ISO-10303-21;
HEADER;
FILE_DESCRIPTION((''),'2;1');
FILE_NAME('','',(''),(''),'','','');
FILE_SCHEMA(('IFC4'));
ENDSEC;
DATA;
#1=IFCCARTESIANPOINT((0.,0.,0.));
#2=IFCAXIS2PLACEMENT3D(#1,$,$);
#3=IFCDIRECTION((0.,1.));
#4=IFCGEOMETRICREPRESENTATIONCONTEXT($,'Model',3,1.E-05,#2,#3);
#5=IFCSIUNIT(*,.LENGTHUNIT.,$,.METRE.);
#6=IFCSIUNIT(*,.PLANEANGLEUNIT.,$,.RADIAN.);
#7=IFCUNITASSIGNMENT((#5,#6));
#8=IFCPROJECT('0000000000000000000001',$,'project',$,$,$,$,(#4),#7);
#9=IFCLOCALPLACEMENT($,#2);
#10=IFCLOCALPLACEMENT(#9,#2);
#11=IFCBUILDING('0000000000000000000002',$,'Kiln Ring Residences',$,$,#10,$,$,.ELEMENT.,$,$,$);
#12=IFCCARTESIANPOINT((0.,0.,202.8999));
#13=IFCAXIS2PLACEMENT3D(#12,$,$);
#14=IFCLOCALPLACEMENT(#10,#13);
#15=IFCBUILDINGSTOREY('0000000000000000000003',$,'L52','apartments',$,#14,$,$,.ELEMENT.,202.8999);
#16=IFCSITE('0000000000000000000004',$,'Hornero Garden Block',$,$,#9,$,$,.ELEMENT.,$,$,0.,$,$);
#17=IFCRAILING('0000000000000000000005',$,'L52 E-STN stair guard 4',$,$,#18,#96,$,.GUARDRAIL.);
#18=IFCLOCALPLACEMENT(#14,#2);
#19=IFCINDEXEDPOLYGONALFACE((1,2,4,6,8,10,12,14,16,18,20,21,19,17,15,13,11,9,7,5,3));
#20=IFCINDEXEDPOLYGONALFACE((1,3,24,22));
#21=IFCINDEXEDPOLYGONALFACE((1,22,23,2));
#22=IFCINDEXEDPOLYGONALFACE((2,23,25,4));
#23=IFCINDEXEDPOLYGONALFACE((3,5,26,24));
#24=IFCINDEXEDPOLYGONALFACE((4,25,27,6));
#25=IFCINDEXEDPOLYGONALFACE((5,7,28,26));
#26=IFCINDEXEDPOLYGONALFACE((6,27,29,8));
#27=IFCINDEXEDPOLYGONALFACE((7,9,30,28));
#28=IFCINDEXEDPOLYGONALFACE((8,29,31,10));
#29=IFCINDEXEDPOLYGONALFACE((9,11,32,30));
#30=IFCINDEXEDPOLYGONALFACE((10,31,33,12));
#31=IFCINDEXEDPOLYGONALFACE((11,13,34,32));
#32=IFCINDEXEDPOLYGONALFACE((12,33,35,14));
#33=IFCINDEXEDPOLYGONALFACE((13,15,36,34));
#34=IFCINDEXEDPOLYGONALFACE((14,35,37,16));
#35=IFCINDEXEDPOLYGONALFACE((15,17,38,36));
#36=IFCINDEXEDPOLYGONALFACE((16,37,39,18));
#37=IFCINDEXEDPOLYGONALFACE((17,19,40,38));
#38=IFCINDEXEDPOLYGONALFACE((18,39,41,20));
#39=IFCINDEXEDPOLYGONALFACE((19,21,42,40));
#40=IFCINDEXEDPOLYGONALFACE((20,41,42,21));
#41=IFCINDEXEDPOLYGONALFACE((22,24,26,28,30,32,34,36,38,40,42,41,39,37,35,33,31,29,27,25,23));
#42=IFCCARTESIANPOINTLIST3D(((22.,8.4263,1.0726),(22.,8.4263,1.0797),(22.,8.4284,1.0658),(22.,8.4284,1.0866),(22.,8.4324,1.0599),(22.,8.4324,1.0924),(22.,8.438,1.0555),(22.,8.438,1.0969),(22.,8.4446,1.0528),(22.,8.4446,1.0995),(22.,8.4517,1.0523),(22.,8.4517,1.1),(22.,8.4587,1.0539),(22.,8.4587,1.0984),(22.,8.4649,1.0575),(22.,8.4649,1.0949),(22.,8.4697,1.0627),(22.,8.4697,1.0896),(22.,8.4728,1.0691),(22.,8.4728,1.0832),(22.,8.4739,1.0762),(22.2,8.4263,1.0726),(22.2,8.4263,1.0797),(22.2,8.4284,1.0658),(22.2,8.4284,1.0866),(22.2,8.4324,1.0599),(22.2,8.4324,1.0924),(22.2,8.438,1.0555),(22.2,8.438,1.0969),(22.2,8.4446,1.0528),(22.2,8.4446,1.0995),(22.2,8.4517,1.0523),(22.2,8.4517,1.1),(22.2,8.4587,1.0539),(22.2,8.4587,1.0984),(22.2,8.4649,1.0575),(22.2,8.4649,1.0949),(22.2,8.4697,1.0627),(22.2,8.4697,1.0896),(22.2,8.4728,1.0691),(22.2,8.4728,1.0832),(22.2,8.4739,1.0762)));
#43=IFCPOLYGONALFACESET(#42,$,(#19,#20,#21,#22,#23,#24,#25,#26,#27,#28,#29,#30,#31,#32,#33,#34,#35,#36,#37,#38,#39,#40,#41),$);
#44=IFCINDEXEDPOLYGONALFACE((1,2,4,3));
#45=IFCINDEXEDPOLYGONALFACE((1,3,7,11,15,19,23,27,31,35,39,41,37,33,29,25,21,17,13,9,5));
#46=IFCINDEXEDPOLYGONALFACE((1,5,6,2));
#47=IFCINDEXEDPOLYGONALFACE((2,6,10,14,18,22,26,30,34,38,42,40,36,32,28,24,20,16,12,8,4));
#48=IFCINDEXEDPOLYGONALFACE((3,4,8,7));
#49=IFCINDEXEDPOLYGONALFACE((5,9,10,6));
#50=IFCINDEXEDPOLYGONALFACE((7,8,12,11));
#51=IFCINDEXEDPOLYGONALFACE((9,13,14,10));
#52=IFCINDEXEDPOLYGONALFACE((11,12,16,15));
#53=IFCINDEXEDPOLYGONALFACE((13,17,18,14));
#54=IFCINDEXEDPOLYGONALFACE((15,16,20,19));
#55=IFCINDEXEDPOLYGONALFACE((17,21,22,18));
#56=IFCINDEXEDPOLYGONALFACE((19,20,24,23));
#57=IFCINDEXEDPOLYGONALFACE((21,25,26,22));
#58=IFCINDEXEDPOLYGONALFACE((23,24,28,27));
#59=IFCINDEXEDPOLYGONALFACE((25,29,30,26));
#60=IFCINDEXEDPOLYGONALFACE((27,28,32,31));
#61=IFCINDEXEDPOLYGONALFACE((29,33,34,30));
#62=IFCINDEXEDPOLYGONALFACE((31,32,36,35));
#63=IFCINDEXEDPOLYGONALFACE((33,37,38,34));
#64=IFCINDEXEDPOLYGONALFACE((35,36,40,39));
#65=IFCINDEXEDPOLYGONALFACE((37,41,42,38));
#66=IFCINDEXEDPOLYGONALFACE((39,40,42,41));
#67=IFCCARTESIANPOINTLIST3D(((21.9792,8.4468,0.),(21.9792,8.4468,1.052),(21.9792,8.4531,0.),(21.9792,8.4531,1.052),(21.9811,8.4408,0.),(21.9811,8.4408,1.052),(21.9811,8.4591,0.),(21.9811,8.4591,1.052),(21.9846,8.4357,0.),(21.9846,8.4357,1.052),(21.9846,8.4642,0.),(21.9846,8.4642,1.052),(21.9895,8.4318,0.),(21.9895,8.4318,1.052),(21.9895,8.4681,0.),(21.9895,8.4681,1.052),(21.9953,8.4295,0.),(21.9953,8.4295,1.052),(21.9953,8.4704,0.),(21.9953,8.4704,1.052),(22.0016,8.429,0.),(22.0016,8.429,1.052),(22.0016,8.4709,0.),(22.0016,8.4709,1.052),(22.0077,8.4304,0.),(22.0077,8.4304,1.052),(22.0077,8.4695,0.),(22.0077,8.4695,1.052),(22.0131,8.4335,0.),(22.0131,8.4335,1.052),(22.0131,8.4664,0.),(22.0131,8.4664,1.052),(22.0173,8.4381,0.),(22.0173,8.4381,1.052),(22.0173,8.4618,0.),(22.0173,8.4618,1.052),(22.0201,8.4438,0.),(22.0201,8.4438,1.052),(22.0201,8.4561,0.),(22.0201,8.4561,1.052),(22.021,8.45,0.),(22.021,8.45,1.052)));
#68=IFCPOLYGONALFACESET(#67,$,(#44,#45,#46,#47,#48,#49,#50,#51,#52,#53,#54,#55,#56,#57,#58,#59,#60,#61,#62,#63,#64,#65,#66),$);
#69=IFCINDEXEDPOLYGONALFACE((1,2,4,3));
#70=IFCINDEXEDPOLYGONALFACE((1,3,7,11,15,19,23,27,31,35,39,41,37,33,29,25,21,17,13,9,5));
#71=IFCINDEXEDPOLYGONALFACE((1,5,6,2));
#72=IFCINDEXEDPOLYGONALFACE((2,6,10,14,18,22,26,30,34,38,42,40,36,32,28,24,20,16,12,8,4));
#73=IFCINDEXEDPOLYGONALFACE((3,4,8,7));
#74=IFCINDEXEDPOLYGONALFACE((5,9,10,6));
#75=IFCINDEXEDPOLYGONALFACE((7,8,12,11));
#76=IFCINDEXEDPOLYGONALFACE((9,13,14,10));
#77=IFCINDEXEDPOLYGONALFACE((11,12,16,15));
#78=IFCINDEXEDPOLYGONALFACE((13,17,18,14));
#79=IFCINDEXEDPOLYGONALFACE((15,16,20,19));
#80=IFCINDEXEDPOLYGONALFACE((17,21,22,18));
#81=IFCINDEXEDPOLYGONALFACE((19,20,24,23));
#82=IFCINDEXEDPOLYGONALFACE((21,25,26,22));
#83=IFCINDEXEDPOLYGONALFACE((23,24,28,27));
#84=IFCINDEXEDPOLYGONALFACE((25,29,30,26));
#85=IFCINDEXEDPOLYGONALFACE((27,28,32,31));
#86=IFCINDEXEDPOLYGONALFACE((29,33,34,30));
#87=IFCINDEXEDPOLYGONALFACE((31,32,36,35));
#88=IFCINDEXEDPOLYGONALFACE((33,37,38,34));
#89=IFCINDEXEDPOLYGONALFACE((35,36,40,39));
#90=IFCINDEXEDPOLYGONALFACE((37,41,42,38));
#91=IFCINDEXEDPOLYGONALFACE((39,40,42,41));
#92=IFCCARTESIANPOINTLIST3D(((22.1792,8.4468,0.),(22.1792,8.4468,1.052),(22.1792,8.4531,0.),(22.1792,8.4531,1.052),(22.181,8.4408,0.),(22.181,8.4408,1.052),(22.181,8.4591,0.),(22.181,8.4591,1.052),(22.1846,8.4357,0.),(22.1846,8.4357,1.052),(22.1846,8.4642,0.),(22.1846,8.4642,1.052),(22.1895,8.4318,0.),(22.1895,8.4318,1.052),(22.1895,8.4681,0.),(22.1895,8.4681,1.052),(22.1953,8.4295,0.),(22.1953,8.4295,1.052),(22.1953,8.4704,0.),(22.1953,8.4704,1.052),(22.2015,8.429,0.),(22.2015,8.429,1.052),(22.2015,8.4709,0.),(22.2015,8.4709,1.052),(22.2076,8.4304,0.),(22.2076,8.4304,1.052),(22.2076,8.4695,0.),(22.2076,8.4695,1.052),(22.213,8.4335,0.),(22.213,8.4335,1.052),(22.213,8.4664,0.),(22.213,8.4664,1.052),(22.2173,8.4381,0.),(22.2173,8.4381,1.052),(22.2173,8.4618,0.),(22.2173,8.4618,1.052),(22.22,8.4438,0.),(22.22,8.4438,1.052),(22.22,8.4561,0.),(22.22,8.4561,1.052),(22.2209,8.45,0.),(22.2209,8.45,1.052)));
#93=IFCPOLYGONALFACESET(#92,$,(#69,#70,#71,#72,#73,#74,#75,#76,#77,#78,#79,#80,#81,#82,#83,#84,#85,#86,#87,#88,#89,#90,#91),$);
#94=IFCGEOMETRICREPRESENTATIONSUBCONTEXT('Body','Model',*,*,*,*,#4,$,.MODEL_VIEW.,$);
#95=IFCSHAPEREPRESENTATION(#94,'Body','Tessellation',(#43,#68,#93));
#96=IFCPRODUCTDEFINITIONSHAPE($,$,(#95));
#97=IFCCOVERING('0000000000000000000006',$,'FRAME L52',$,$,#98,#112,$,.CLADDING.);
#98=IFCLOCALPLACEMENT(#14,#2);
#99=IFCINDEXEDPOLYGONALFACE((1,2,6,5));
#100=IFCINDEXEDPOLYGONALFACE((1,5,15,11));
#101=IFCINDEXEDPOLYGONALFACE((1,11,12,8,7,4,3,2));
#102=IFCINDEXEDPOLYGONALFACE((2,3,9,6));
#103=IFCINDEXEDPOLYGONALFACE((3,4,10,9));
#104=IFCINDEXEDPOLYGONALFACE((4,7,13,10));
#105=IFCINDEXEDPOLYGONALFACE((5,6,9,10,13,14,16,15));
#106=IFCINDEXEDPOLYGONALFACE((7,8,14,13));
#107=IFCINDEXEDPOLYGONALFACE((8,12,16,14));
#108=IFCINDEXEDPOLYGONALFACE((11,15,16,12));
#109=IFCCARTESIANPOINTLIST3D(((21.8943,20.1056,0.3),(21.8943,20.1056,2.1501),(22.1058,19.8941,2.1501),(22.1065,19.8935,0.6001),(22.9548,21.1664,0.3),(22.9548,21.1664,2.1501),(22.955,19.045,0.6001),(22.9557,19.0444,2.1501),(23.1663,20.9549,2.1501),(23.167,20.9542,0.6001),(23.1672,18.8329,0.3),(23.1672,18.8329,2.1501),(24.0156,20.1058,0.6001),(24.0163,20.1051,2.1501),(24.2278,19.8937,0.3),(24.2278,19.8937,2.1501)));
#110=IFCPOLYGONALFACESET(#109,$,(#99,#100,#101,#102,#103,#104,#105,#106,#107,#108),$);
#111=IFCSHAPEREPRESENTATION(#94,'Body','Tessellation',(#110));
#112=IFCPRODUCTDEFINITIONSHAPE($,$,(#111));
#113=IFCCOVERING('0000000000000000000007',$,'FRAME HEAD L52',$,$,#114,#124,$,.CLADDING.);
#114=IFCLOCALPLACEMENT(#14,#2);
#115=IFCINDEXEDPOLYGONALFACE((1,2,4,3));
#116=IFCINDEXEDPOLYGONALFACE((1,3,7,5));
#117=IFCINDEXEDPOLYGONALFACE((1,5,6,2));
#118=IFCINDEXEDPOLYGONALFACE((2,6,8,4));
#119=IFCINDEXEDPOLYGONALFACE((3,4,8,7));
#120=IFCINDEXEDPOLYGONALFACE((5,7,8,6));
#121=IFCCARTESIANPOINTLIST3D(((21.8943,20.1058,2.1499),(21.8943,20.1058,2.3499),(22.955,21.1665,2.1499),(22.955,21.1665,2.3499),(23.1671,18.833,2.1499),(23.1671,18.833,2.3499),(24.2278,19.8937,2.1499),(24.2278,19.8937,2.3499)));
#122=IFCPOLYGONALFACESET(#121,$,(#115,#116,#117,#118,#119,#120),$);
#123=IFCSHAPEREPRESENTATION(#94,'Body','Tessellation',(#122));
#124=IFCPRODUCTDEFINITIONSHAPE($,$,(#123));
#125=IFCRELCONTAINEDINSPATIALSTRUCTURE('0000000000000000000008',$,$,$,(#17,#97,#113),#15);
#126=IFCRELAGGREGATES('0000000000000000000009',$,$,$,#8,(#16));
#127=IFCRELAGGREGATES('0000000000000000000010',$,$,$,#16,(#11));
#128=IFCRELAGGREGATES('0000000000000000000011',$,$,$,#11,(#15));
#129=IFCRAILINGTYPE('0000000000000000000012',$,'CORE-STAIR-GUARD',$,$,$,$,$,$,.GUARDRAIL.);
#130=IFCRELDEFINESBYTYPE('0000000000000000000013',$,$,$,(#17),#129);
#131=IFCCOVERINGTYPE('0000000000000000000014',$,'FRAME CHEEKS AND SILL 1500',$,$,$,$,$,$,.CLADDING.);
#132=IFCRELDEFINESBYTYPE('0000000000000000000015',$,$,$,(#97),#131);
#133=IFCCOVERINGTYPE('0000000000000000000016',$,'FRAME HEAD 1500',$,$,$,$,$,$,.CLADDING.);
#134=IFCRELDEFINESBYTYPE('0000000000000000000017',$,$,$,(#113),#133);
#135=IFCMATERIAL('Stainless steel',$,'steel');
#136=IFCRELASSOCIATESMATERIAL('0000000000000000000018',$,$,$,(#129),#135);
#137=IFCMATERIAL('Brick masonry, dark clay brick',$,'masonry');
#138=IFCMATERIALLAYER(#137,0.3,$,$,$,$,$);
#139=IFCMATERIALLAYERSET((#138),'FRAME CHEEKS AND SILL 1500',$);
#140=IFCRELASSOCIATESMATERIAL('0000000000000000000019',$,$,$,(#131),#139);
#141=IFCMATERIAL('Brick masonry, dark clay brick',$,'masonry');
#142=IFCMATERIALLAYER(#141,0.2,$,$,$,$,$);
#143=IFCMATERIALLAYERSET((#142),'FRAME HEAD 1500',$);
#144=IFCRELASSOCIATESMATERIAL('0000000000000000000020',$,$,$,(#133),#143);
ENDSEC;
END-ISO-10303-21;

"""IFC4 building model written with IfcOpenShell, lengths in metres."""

from ifc_helpers import new_model, si_unit, direction, frame, origin, origin_2d, place, context, subcontext, project, spatial, polyline, rectangle, circle, outline, extrude, material, layer, layer_set, type_object, element, save


model = new_model("IFC4")

# Units and contexts
model_context = context("Model", 3, precision=1e-05, world=origin(), true_north=direction((0.0, 1.0)))
body_context = subcontext(model_context, "Body", "Model", "MODEL_VIEW")
ifc_project = project(units=[si_unit("LENGTHUNIT", "METRE"), si_unit("PLANEANGLEUNIT", "RADIAN")], contexts=[model_context])

# Site, building, storey
site_placement = place(None, origin())
site = spatial("IfcSite", under=ifc_project, at=site_placement, Name="Hornero Garden Block", CompositionType="ELEMENT", RefElevation=0.0)
building_placement = place(site_placement, origin())
building = spatial("IfcBuilding", under=site, at=building_placement, Name="Kiln Ring Residences", CompositionType="ELEMENT")
storey_placement = place(building_placement, frame((0.0, 0.0, 202.8999)))
storey = spatial("IfcBuildingStorey", under=building, at=storey_placement, Name="L52", Description="apartments", CompositionType="ELEMENT", Elevation=202.8999)

# Railing
ifc_material_1 = material(Name="Stainless steel", Category="steel")
railing_type = type_object("IfcRailingType", Name="CORE-STAIR-GUARD", PredefinedType="GUARDRAIL", material=ifc_material_1)
railing_placement = place(storey_placement, frame((22.0, 8.45, 0.0)))
element("IfcRailing", 1, at=railing_placement, inside=storey, type_object=railing_type, Name="L52 E-STN stair guard 4", PredefinedType="GUARDRAIL", context=body_context, shape_type="SweptSolid", body=[
    extrude(circle(Radius=0.0239, at=origin_2d()), frame((0.0, 0.0, 1.0762), z_axis=(1.0, 0.0, 0.0), x_axis=(0.0, 1.0, 0.0)), (0.0, 0.0, 1.0), 0.2),
    extrude(circle(Radius=0.021, at=origin_2d()), origin(), (0.0, 0.0, 1.0), 1.052),
    extrude(circle(Radius=0.021, at=origin_2d()), frame((0.2, 0.0, 0.0)), (0.0, 0.0, 1.0), 1.052),
])

# Coverings
ifc_material_2 = material(Name="Brick masonry, dark clay brick", Category="masonry")
ifc_layer_1 = layer(ifc_material_2, 0.3)
ifc_layer_set_1 = layer_set([ifc_layer_1], Name="FRAME CHEEKS AND SILL 1500")
covering_type_1 = type_object("IfcCoveringType", Name="FRAME CHEEKS AND SILL 1500", PredefinedType="CLADDING", material=ifc_layer_set_1)
covering_1_placement = place(storey_placement, frame((23.6975, 19.3633, 0.3), z_axis=(0.0, 0.0, 1.0), x_axis=(-0.707175, 0.707039, 0.0)))
element("IfcCovering", 2, at=covering_1_placement, inside=storey, type_object=covering_type_1, Name="FRAME L52", PredefinedType="CLADDING", context=body_context, shape_type="SweptSolid", body=[
    extrude(outline(polyline([(0.0, 0.0), (1.8, 0.0), (1.8, 1.8501), (1.501, 1.8501), (1.5, 0.3), (0.3, 0.3), (0.2991, 1.8501), (0.0, 1.8501), (0.0, 0.0)])), frame((0.0, 0.75, 0.0), z_axis=(0.0, -1.0, 0.0), x_axis=(1.0, 0.0, 0.0)), (0.0, 0.0, 1.0), 1.5),
])
ifc_material_3 = material(Name="Brick masonry, dark clay brick", Category="masonry")
ifc_layer_2 = layer(ifc_material_3, 0.2)
ifc_layer_set_2 = layer_set([ifc_layer_2], Name="FRAME HEAD 1500")
covering_type_2 = type_object("IfcCoveringType", Name="FRAME HEAD 1500", PredefinedType="CLADDING", material=ifc_layer_set_2)
covering_2_placement = place(storey_placement, frame((23.061, 19.9998, 2.1499), z_axis=(0.0, 0.0, 1.0), x_axis=(-0.707107, 0.707107, 0.0)))
element("IfcCovering", 3, at=covering_2_placement, inside=storey, type_object=covering_type_2, Name="FRAME HEAD L52", PredefinedType="CLADDING", context=body_context, shape_type="SweptSolid", body=[
    extrude(rectangle(XDim=1.8, YDim=1.5, at=origin_2d()), origin(), (0.0, 0.0, 1.0), 0.2),
])

save(model, "model.ifc")
